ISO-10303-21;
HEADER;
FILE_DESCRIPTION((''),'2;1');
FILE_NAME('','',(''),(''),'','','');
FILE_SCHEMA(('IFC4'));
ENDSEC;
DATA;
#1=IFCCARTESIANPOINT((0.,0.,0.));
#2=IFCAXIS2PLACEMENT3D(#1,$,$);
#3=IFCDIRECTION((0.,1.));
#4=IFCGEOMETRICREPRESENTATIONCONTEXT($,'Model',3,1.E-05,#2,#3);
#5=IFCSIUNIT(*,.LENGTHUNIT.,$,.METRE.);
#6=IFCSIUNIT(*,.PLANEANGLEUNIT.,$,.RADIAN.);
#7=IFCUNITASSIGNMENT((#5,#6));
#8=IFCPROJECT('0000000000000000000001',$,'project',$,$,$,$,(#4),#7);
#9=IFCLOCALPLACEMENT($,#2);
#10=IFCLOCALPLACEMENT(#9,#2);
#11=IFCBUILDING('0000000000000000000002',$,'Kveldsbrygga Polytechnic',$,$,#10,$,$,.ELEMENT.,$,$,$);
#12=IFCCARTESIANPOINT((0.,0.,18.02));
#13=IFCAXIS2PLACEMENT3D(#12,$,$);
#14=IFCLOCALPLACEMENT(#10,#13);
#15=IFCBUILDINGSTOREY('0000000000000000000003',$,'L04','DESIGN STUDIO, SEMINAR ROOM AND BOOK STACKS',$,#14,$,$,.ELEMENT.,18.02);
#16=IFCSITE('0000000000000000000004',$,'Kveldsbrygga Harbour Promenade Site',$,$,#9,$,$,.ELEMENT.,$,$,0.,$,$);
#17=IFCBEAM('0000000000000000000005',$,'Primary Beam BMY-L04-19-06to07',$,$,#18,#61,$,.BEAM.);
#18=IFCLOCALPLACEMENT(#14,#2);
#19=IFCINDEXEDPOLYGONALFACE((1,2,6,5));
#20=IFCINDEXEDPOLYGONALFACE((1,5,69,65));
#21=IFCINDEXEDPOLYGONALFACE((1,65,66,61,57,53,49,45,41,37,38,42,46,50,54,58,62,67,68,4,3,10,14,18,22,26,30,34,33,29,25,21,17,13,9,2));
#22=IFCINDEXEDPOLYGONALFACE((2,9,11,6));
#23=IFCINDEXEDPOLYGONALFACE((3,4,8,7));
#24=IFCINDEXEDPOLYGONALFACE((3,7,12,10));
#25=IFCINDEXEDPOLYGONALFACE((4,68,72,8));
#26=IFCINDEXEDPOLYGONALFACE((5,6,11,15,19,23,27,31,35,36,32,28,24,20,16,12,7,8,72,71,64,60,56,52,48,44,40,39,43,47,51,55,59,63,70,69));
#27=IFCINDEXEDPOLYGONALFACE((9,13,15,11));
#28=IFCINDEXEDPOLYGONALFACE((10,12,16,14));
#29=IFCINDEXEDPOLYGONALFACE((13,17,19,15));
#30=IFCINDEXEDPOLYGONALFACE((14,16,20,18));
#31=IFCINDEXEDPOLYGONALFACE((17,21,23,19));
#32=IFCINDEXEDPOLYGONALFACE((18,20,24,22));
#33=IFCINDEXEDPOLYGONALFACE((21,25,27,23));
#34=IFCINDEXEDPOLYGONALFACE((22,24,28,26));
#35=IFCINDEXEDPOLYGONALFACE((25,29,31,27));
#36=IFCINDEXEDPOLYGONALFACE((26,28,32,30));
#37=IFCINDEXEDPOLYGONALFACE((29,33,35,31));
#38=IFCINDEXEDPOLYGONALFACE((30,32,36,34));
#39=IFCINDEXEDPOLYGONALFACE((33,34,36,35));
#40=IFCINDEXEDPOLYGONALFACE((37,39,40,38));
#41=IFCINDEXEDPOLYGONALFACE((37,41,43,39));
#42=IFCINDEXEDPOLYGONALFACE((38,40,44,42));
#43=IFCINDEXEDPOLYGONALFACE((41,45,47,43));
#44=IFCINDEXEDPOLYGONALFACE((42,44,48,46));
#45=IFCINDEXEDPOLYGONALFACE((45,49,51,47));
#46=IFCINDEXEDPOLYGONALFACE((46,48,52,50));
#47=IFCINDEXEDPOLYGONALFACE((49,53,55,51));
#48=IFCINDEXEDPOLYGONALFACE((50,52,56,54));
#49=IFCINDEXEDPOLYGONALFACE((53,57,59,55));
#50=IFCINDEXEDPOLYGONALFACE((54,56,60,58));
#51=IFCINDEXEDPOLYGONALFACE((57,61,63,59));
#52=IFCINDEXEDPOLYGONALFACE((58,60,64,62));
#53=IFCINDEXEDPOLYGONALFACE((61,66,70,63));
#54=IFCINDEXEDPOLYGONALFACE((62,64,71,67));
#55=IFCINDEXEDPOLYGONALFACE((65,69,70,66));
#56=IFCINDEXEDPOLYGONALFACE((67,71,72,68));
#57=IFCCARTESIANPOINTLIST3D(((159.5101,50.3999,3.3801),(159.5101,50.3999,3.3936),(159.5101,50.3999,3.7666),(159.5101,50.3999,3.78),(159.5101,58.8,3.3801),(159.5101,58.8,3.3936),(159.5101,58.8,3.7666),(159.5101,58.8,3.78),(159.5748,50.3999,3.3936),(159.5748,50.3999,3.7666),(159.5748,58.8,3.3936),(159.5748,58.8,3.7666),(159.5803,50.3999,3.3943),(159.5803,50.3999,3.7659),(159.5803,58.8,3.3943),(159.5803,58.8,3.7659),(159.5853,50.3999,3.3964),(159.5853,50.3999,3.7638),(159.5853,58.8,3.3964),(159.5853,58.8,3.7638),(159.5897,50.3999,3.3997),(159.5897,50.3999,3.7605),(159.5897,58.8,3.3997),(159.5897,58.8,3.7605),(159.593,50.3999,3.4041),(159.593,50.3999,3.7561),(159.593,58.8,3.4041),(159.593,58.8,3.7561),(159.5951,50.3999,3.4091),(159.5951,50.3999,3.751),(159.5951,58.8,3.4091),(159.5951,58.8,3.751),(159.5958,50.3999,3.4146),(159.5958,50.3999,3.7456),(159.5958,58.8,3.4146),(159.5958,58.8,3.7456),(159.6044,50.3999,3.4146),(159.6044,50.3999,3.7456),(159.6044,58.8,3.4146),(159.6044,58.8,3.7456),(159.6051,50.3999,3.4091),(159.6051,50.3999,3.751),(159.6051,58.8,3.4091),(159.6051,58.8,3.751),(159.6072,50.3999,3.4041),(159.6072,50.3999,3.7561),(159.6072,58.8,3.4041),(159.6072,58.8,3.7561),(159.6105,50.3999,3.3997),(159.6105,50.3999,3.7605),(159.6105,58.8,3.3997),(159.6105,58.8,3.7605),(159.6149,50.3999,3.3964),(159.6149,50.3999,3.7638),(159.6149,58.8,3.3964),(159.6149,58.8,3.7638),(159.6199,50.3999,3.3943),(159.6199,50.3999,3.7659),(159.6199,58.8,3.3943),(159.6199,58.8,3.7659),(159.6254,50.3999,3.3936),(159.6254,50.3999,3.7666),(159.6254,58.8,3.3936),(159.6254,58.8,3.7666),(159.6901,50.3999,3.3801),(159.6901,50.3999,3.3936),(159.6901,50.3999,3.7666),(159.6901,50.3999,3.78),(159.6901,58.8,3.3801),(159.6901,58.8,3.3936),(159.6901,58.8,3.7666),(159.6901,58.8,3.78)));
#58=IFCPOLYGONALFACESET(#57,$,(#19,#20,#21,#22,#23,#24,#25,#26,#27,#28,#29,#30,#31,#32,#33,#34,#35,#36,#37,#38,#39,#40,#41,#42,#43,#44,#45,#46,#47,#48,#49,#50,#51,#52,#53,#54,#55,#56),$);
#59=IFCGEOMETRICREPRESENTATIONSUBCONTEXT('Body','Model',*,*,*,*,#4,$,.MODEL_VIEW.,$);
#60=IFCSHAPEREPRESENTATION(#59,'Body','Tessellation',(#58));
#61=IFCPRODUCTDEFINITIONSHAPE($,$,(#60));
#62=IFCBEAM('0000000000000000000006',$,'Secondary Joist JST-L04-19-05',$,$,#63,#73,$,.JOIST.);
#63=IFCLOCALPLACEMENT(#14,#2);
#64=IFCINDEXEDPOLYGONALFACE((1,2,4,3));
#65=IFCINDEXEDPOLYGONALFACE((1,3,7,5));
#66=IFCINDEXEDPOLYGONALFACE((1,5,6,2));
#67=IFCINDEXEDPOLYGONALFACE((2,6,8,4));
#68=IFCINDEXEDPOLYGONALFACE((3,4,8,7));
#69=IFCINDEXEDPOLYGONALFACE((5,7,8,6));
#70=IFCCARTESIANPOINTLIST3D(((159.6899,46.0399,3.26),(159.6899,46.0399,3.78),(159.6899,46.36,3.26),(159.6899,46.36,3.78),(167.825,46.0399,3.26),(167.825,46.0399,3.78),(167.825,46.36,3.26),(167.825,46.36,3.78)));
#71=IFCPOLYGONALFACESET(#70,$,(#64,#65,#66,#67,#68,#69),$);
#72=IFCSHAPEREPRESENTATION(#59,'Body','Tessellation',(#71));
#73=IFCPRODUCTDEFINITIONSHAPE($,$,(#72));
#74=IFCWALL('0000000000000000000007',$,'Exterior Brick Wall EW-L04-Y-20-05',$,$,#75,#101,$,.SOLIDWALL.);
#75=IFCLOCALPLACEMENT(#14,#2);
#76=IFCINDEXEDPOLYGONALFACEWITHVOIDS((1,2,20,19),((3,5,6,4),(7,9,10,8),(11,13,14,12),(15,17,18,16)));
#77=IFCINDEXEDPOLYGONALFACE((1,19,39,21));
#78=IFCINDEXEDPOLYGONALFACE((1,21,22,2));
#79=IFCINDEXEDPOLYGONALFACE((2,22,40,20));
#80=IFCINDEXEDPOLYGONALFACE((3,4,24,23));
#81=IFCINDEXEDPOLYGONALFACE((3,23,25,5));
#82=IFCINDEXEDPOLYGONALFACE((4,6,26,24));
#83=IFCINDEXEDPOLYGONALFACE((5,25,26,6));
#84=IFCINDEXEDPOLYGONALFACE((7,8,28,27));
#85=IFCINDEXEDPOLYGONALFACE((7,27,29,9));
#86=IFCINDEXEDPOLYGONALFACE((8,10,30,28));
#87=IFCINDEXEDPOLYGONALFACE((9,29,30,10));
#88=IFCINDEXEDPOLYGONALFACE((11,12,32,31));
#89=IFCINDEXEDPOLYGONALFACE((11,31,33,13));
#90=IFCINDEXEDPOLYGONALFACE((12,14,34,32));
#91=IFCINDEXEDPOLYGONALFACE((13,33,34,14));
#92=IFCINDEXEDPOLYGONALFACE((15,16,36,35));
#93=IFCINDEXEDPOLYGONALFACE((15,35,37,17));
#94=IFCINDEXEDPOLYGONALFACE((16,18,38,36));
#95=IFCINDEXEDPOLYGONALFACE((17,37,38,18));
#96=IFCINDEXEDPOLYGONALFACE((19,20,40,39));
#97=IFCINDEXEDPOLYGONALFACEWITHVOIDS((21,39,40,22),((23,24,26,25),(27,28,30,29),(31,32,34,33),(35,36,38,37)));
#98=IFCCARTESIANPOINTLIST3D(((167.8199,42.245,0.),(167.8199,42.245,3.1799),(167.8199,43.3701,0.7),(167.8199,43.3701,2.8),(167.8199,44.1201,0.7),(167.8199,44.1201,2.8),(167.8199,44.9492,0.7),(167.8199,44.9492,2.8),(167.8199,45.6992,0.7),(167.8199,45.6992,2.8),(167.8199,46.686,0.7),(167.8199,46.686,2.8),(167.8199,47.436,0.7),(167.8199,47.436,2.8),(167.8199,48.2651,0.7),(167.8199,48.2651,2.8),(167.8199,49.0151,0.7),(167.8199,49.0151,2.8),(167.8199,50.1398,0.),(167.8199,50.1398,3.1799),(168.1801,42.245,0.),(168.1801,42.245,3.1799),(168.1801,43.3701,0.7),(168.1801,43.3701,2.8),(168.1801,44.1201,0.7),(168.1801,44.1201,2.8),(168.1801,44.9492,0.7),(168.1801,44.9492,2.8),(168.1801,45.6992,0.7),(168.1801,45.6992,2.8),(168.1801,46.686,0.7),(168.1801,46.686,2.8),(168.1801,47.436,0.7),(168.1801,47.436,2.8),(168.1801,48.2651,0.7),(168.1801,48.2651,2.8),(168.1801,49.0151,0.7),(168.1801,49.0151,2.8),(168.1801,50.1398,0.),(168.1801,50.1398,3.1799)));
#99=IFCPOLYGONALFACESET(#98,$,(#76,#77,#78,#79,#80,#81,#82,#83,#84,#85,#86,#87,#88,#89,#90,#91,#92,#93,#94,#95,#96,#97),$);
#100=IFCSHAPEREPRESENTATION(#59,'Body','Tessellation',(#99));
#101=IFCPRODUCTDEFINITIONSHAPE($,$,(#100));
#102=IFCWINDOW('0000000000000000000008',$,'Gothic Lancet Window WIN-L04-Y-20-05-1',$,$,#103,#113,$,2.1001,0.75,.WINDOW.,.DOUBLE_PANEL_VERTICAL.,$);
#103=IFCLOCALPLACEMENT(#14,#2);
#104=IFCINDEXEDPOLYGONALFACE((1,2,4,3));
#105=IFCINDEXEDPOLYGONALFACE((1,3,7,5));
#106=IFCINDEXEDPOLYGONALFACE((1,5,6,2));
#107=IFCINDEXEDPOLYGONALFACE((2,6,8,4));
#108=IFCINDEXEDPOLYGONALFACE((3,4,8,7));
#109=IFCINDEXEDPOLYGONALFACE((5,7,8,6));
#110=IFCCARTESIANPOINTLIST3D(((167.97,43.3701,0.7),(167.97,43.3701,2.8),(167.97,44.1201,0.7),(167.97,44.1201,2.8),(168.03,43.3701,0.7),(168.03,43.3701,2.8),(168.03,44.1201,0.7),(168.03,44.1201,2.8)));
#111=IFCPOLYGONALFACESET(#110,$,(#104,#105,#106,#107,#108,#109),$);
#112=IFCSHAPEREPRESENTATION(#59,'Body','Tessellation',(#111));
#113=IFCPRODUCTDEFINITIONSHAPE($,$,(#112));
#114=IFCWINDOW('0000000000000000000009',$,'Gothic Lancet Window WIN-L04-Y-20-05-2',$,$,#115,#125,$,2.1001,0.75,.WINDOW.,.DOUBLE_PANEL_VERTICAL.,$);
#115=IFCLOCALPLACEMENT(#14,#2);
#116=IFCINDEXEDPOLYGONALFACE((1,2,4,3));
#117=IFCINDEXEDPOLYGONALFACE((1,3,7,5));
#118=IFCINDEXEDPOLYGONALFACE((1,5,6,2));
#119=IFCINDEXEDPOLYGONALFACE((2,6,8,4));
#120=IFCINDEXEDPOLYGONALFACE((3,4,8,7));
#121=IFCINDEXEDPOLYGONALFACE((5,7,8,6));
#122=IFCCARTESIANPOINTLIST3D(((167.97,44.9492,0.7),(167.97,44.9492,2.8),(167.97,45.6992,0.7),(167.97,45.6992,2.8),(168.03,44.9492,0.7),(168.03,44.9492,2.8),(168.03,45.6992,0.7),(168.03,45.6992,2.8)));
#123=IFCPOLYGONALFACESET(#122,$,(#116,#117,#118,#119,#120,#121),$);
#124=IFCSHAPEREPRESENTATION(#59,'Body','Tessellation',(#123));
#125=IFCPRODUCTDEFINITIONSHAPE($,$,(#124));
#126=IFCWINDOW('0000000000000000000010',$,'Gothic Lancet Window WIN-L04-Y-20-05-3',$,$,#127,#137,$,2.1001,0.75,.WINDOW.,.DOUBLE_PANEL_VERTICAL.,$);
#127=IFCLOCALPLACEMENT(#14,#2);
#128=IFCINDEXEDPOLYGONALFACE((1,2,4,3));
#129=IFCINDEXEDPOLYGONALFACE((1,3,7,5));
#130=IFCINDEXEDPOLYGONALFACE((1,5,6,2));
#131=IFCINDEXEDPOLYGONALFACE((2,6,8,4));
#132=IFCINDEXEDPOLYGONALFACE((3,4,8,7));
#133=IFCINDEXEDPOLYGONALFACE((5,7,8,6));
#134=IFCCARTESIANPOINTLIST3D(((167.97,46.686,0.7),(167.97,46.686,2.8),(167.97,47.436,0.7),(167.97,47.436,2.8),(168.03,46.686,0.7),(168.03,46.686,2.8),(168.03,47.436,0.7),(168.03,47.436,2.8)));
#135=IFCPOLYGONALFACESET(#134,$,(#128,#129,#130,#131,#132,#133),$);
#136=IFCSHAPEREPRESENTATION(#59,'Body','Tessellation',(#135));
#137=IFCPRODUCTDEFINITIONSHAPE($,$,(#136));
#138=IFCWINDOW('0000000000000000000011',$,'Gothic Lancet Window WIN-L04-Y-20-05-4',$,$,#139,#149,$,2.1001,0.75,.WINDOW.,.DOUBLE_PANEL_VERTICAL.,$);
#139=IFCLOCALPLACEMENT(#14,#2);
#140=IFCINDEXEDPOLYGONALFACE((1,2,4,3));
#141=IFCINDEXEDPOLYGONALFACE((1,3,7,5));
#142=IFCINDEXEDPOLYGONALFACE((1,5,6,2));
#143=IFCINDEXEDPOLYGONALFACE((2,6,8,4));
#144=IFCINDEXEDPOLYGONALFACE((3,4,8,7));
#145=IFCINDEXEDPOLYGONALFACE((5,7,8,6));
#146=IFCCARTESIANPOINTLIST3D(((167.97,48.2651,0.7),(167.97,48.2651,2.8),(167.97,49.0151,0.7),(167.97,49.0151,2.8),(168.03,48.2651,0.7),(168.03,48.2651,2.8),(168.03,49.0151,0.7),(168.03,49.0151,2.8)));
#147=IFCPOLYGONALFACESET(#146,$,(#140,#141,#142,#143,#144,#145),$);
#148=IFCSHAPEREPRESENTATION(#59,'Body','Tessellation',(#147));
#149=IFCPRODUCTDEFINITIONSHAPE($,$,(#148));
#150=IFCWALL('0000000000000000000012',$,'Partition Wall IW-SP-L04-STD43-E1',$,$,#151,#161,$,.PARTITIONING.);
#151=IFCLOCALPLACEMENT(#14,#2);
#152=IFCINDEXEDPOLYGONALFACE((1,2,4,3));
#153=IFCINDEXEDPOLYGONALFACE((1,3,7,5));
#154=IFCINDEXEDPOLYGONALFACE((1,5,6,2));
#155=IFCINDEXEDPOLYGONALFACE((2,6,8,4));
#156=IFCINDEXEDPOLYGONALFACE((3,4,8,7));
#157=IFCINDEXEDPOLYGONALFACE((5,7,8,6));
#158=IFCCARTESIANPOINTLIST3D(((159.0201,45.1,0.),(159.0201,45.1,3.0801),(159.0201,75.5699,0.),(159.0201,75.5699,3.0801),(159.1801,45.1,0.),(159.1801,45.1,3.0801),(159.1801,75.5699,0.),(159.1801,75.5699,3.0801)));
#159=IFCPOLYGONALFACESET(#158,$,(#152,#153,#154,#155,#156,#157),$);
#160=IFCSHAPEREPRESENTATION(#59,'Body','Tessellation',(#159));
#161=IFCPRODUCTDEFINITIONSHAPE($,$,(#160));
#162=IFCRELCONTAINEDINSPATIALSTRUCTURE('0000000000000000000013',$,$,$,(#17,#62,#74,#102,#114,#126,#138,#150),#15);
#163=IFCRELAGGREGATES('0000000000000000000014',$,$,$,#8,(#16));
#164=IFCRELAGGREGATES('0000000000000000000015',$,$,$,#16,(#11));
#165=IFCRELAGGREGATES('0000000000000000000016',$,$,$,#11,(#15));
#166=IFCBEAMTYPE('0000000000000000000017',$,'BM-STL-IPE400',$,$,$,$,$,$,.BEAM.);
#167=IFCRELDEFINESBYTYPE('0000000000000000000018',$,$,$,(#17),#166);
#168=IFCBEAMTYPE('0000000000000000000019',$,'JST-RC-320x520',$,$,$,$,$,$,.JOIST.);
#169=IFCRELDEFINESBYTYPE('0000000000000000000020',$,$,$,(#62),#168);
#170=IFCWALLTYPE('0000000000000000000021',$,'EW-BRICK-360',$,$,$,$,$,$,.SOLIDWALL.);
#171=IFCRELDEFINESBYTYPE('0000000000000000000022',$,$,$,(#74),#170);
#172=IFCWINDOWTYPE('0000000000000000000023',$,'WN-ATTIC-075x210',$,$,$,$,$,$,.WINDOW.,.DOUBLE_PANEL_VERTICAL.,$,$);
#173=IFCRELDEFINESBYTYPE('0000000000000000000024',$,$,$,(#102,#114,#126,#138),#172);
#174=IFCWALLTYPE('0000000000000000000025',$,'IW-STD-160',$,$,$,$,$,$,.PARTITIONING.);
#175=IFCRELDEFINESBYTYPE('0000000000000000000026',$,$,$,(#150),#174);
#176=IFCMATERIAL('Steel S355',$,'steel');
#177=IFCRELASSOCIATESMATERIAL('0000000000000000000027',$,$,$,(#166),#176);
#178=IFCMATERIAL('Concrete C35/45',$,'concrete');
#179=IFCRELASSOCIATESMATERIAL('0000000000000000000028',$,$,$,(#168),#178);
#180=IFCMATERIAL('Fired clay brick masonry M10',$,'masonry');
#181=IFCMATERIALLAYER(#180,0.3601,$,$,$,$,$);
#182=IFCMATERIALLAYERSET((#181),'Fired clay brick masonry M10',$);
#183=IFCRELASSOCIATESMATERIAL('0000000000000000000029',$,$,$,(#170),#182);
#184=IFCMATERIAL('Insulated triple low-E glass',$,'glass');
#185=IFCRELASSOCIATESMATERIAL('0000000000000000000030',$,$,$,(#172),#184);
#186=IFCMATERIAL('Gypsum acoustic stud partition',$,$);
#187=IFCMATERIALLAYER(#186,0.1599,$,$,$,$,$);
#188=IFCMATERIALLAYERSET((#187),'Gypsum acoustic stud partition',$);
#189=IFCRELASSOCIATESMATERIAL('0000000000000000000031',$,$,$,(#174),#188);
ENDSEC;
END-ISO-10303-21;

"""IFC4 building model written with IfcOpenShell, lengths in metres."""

from ifc_helpers import new_model, si_unit, direction, frame, frame_2d, origin, origin_2d, place, context, subcontext, project, spatial, rectangle, i_section, extrude, material, layer, layer_set, material_profile, profile_set, type_object, element, fill, save


model = new_model("IFC4")

# Units and contexts
model_context = context("Model", 3, precision=1e-05, world=origin(), true_north=direction((0.0, 1.0)))
body_context = subcontext(model_context, "Body", "Model", "MODEL_VIEW")
ifc_project = project(units=[si_unit("LENGTHUNIT", "METRE"), si_unit("PLANEANGLEUNIT", "RADIAN")], contexts=[model_context])

# Site, building, storey
site_placement = place(None, origin())
site = spatial("IfcSite", under=ifc_project, at=site_placement, Name="Kveldsbrygga Harbour Promenade Site", CompositionType="ELEMENT", RefElevation=0.0)
building_placement = place(site_placement, origin())
building = spatial("IfcBuilding", under=site, at=building_placement, Name="Kveldsbrygga Polytechnic", CompositionType="ELEMENT")
storey_placement = place(building_placement, frame((0.0, 0.0, 18.02)))
storey = spatial("IfcBuildingStorey", under=building, at=storey_placement, Name="L04", Description="DESIGN STUDIO, SEMINAR ROOM AND BOOK STACKS", CompositionType="ELEMENT", Elevation=18.02)

# Beams
ifc_material_1 = material(Name="Concrete C35/45", Category="concrete")
ifc_material_2 = material(Name="Steel S355", Category="steel")
ifc_material_profile_1 = material_profile(ifc_material_2, i_section(OverallWidth=0.1799, OverallDepth=0.3999, WebThickness=0.0085, FlangeThickness=0.0134, FilletRadius=0.021, at=origin_2d()), Name="IPE 400")
ifc_profile_set_1 = profile_set([ifc_material_profile_1], Name="Steel S355")
beam_type_1 = type_object("IfcBeamType", Name="BM-STL-IPE400", PredefinedType="BEAM", material=ifc_profile_set_1)
beam_1_placement = place(storey_placement, frame((159.6001, 50.3999, 3.5801), z_axis=(0.0, 1.0, 0.0), x_axis=(-1.0, 0.0, 0.0)))
element("IfcBeam", 1, at=beam_1_placement, inside=storey, type_object=beam_type_1, Name="Primary Beam BMY-L04-19-06to07", PredefinedType="BEAM", context=body_context, shape_type="SweptSolid", body=[
    extrude(i_section(OverallWidth=0.1799, OverallDepth=0.3999, WebThickness=0.0085, FlangeThickness=0.0134, FilletRadius=0.021, at=origin_2d()), origin(), (0.0, 0.0, 1.0), 8.4001),
])
ifc_material_profile_2 = material_profile(ifc_material_1, rectangle(XDim=0.3201, YDim=0.52, at=origin_2d()), Name="RC 320x520")
ifc_profile_set_2 = profile_set([ifc_material_profile_2], Name="Concrete C35/45")
beam_type_2 = type_object("IfcBeamType", Name="JST-RC-320x520", PredefinedType="JOIST", material=ifc_profile_set_2)
beam_2_placement = place(storey_placement, frame((159.6899, 46.2, 3.52), z_axis=(1.0, 0.0, 0.0), x_axis=(0.0, 1.0, 0.0)))
element("IfcBeam", 2, at=beam_2_placement, inside=storey, type_object=beam_type_2, Name="Secondary Joist JST-L04-19-05", PredefinedType="JOIST", context=body_context, shape_type="SweptSolid", body=[
    extrude(rectangle(XDim=0.3201, YDim=0.52, at=origin_2d()), origin(), (0.0, 0.0, 1.0), 8.135),
])

# Wall, openings, windows
ifc_material_3 = material(Name="Fired clay brick masonry M10", Category="masonry")
ifc_layer_1 = layer(ifc_material_3, 0.3601)
ifc_layer_set_1 = layer_set([ifc_layer_1], Name="Fired clay brick masonry M10")
wall_type_1 = type_object("IfcWallType", Name="EW-BRICK-360", PredefinedType="SOLIDWALL", material=ifc_layer_set_1)
wall_1_placement = place(storey_placement, frame((168.0, 42.2451, 0.0), z_axis=(0.0, 0.0, 1.0), x_axis=(0.0, 1.0, 0.0)))
wall_1 = element("IfcWall", 3, at=wall_1_placement, inside=storey, type_object=wall_type_1, Name="Exterior Brick Wall EW-L04-Y-20-05", PredefinedType="SOLIDWALL", context=body_context, shape_type="SweptSolid", body=[
    extrude(rectangle(XDim=7.8948, YDim=0.3601, at=frame_2d((3.9473, 0.0))), origin(), (0.0, 0.0, 1.0), 3.1799),
])
opening_1_placement = place(wall_1_placement, frame((1.125, 0.0, 0.7)))
opening_1 = element("IfcOpeningElement", 4, at=opening_1_placement, cuts=wall_1, PredefinedType="OPENING", context=body_context, shape_type="SweptSolid", body=[
    extrude(rectangle(XDim=0.75, YDim=2.1001, at=frame_2d((0.375, 1.05))), frame((0.0, 0.1899, 0.0), z_axis=(0.0, -1.0, 0.0), x_axis=(1.0, 0.0, 0.0)), (0.0, 0.0, 1.0), 0.3801),
])
opening_2_placement = place(wall_1_placement, frame((2.7041, 0.0, 0.7)))
opening_2 = element("IfcOpeningElement", 5, at=opening_2_placement, cuts=wall_1, PredefinedType="OPENING", context=body_context, shape_type="SweptSolid", body=[
    extrude(rectangle(XDim=0.75, YDim=2.1001, at=frame_2d((0.375, 1.05))), frame((0.0, 0.1899, 0.0), z_axis=(0.0, -1.0, 0.0), x_axis=(1.0, 0.0, 0.0)), (0.0, 0.0, 1.0), 0.3801),
])
opening_3_placement = place(wall_1_placement, frame((4.4409, 0.0, 0.7)))
opening_3 = element("IfcOpeningElement", 6, at=opening_3_placement, cuts=wall_1, PredefinedType="OPENING", context=body_context, shape_type="SweptSolid", body=[
    extrude(rectangle(XDim=0.75, YDim=2.1001, at=frame_2d((0.375, 1.05))), frame((0.0, 0.1899, 0.0), z_axis=(0.0, -1.0, 0.0), x_axis=(1.0, 0.0, 0.0)), (0.0, 0.0, 1.0), 0.3801),
])
opening_4_placement = place(wall_1_placement, frame((6.02, 0.0, 0.7)))
opening_4 = element("IfcOpeningElement", 7, at=opening_4_placement, cuts=wall_1, PredefinedType="OPENING", context=body_context, shape_type="SweptSolid", body=[
    extrude(rectangle(XDim=0.75, YDim=2.1001, at=frame_2d((0.375, 1.05))), frame((0.0, 0.1899, 0.0), z_axis=(0.0, -1.0, 0.0), x_axis=(1.0, 0.0, 0.0)), (0.0, 0.0, 1.0), 0.3801),
])
ifc_material_4 = material(Name="Insulated triple low-E glass", Category="glass")
window_type = type_object("IfcWindowType", Name="WN-ATTIC-075x210", PartitioningType="DOUBLE_PANEL_VERTICAL", PredefinedType="WINDOW", material=ifc_material_4)
window_1_placement = place(opening_1_placement, origin())
window_1 = element("IfcWindow", 8, at=window_1_placement, inside=storey, type_object=window_type, Name="Gothic Lancet Window WIN-L04-Y-20-05-1", OverallHeight=2.1001, OverallWidth=0.75, PartitioningType="DOUBLE_PANEL_VERTICAL", PredefinedType="WINDOW", context=body_context, shape_type="SweptSolid", body=[
    extrude(rectangle(XDim=0.75, YDim=2.1001, at=frame_2d((0.375, 1.05))), frame((0.0, 0.03, 0.0), z_axis=(0.0, -1.0, 0.0), x_axis=(1.0, 0.0, 0.0)), (0.0, 0.0, 1.0), 0.0601),
])
fill(opening_1, window_1)
window_2_placement = place(opening_2_placement, origin())
window_2 = element("IfcWindow", 9, at=window_2_placement, inside=storey, type_object=window_type, Name="Gothic Lancet Window WIN-L04-Y-20-05-2", OverallHeight=2.1001, OverallWidth=0.75, PartitioningType="DOUBLE_PANEL_VERTICAL", PredefinedType="WINDOW", context=body_context, shape_type="SweptSolid", body=[
    extrude(rectangle(XDim=0.75, YDim=2.1001, at=frame_2d((0.375, 1.05))), frame((0.0, 0.03, 0.0), z_axis=(0.0, -1.0, 0.0), x_axis=(1.0, 0.0, 0.0)), (0.0, 0.0, 1.0), 0.0601),
])
fill(opening_2, window_2)
window_3_placement = place(opening_3_placement, origin())
window_3 = element("IfcWindow", 10, at=window_3_placement, inside=storey, type_object=window_type, Name="Gothic Lancet Window WIN-L04-Y-20-05-3", OverallHeight=2.1001, OverallWidth=0.75, PartitioningType="DOUBLE_PANEL_VERTICAL", PredefinedType="WINDOW", context=body_context, shape_type="SweptSolid", body=[
    extrude(rectangle(XDim=0.75, YDim=2.1001, at=frame_2d((0.375, 1.05))), frame((0.0, 0.03, 0.0), z_axis=(0.0, -1.0, 0.0), x_axis=(1.0, 0.0, 0.0)), (0.0, 0.0, 1.0), 0.0601),
])
fill(opening_3, window_3)
window_4_placement = place(opening_4_placement, origin())
window_4 = element("IfcWindow", 11, at=window_4_placement, inside=storey, type_object=window_type, Name="Gothic Lancet Window WIN-L04-Y-20-05-4", OverallHeight=2.1001, OverallWidth=0.75, PartitioningType="DOUBLE_PANEL_VERTICAL", PredefinedType="WINDOW", context=body_context, shape_type="SweptSolid", body=[
    extrude(rectangle(XDim=0.75, YDim=2.1001, at=frame_2d((0.375, 1.05))), frame((0.0, 0.03, 0.0), z_axis=(0.0, -1.0, 0.0), x_axis=(1.0, 0.0, 0.0)), (0.0, 0.0, 1.0), 0.0601),
])
fill(opening_4, window_4)

# Wall
ifc_material_5 = material(Name="Gypsum acoustic stud partition")
ifc_layer_2 = layer(ifc_material_5, 0.1599)
ifc_layer_set_2 = layer_set([ifc_layer_2], Name="Gypsum acoustic stud partition")
wall_type_2 = type_object("IfcWallType", Name="IW-STD-160", PredefinedType="PARTITIONING", material=ifc_layer_set_2)
wall_2_placement = place(storey_placement, frame((159.1001, 45.1001, 0.0), z_axis=(0.0, 0.0, 1.0), x_axis=(0.0, 1.0, 0.0)))
element("IfcWall", 12, at=wall_2_placement, inside=storey, type_object=wall_type_2, Name="Partition Wall IW-SP-L04-STD43-E1", PredefinedType="PARTITIONING", context=body_context, shape_type="SweptSolid", body=[
    extrude(rectangle(XDim=30.47, YDim=0.1599, at=frame_2d((15.2349, 0.0))), origin(), (0.0, 0.0, 1.0), 3.0801),
])

save(model, "model.ifc")
